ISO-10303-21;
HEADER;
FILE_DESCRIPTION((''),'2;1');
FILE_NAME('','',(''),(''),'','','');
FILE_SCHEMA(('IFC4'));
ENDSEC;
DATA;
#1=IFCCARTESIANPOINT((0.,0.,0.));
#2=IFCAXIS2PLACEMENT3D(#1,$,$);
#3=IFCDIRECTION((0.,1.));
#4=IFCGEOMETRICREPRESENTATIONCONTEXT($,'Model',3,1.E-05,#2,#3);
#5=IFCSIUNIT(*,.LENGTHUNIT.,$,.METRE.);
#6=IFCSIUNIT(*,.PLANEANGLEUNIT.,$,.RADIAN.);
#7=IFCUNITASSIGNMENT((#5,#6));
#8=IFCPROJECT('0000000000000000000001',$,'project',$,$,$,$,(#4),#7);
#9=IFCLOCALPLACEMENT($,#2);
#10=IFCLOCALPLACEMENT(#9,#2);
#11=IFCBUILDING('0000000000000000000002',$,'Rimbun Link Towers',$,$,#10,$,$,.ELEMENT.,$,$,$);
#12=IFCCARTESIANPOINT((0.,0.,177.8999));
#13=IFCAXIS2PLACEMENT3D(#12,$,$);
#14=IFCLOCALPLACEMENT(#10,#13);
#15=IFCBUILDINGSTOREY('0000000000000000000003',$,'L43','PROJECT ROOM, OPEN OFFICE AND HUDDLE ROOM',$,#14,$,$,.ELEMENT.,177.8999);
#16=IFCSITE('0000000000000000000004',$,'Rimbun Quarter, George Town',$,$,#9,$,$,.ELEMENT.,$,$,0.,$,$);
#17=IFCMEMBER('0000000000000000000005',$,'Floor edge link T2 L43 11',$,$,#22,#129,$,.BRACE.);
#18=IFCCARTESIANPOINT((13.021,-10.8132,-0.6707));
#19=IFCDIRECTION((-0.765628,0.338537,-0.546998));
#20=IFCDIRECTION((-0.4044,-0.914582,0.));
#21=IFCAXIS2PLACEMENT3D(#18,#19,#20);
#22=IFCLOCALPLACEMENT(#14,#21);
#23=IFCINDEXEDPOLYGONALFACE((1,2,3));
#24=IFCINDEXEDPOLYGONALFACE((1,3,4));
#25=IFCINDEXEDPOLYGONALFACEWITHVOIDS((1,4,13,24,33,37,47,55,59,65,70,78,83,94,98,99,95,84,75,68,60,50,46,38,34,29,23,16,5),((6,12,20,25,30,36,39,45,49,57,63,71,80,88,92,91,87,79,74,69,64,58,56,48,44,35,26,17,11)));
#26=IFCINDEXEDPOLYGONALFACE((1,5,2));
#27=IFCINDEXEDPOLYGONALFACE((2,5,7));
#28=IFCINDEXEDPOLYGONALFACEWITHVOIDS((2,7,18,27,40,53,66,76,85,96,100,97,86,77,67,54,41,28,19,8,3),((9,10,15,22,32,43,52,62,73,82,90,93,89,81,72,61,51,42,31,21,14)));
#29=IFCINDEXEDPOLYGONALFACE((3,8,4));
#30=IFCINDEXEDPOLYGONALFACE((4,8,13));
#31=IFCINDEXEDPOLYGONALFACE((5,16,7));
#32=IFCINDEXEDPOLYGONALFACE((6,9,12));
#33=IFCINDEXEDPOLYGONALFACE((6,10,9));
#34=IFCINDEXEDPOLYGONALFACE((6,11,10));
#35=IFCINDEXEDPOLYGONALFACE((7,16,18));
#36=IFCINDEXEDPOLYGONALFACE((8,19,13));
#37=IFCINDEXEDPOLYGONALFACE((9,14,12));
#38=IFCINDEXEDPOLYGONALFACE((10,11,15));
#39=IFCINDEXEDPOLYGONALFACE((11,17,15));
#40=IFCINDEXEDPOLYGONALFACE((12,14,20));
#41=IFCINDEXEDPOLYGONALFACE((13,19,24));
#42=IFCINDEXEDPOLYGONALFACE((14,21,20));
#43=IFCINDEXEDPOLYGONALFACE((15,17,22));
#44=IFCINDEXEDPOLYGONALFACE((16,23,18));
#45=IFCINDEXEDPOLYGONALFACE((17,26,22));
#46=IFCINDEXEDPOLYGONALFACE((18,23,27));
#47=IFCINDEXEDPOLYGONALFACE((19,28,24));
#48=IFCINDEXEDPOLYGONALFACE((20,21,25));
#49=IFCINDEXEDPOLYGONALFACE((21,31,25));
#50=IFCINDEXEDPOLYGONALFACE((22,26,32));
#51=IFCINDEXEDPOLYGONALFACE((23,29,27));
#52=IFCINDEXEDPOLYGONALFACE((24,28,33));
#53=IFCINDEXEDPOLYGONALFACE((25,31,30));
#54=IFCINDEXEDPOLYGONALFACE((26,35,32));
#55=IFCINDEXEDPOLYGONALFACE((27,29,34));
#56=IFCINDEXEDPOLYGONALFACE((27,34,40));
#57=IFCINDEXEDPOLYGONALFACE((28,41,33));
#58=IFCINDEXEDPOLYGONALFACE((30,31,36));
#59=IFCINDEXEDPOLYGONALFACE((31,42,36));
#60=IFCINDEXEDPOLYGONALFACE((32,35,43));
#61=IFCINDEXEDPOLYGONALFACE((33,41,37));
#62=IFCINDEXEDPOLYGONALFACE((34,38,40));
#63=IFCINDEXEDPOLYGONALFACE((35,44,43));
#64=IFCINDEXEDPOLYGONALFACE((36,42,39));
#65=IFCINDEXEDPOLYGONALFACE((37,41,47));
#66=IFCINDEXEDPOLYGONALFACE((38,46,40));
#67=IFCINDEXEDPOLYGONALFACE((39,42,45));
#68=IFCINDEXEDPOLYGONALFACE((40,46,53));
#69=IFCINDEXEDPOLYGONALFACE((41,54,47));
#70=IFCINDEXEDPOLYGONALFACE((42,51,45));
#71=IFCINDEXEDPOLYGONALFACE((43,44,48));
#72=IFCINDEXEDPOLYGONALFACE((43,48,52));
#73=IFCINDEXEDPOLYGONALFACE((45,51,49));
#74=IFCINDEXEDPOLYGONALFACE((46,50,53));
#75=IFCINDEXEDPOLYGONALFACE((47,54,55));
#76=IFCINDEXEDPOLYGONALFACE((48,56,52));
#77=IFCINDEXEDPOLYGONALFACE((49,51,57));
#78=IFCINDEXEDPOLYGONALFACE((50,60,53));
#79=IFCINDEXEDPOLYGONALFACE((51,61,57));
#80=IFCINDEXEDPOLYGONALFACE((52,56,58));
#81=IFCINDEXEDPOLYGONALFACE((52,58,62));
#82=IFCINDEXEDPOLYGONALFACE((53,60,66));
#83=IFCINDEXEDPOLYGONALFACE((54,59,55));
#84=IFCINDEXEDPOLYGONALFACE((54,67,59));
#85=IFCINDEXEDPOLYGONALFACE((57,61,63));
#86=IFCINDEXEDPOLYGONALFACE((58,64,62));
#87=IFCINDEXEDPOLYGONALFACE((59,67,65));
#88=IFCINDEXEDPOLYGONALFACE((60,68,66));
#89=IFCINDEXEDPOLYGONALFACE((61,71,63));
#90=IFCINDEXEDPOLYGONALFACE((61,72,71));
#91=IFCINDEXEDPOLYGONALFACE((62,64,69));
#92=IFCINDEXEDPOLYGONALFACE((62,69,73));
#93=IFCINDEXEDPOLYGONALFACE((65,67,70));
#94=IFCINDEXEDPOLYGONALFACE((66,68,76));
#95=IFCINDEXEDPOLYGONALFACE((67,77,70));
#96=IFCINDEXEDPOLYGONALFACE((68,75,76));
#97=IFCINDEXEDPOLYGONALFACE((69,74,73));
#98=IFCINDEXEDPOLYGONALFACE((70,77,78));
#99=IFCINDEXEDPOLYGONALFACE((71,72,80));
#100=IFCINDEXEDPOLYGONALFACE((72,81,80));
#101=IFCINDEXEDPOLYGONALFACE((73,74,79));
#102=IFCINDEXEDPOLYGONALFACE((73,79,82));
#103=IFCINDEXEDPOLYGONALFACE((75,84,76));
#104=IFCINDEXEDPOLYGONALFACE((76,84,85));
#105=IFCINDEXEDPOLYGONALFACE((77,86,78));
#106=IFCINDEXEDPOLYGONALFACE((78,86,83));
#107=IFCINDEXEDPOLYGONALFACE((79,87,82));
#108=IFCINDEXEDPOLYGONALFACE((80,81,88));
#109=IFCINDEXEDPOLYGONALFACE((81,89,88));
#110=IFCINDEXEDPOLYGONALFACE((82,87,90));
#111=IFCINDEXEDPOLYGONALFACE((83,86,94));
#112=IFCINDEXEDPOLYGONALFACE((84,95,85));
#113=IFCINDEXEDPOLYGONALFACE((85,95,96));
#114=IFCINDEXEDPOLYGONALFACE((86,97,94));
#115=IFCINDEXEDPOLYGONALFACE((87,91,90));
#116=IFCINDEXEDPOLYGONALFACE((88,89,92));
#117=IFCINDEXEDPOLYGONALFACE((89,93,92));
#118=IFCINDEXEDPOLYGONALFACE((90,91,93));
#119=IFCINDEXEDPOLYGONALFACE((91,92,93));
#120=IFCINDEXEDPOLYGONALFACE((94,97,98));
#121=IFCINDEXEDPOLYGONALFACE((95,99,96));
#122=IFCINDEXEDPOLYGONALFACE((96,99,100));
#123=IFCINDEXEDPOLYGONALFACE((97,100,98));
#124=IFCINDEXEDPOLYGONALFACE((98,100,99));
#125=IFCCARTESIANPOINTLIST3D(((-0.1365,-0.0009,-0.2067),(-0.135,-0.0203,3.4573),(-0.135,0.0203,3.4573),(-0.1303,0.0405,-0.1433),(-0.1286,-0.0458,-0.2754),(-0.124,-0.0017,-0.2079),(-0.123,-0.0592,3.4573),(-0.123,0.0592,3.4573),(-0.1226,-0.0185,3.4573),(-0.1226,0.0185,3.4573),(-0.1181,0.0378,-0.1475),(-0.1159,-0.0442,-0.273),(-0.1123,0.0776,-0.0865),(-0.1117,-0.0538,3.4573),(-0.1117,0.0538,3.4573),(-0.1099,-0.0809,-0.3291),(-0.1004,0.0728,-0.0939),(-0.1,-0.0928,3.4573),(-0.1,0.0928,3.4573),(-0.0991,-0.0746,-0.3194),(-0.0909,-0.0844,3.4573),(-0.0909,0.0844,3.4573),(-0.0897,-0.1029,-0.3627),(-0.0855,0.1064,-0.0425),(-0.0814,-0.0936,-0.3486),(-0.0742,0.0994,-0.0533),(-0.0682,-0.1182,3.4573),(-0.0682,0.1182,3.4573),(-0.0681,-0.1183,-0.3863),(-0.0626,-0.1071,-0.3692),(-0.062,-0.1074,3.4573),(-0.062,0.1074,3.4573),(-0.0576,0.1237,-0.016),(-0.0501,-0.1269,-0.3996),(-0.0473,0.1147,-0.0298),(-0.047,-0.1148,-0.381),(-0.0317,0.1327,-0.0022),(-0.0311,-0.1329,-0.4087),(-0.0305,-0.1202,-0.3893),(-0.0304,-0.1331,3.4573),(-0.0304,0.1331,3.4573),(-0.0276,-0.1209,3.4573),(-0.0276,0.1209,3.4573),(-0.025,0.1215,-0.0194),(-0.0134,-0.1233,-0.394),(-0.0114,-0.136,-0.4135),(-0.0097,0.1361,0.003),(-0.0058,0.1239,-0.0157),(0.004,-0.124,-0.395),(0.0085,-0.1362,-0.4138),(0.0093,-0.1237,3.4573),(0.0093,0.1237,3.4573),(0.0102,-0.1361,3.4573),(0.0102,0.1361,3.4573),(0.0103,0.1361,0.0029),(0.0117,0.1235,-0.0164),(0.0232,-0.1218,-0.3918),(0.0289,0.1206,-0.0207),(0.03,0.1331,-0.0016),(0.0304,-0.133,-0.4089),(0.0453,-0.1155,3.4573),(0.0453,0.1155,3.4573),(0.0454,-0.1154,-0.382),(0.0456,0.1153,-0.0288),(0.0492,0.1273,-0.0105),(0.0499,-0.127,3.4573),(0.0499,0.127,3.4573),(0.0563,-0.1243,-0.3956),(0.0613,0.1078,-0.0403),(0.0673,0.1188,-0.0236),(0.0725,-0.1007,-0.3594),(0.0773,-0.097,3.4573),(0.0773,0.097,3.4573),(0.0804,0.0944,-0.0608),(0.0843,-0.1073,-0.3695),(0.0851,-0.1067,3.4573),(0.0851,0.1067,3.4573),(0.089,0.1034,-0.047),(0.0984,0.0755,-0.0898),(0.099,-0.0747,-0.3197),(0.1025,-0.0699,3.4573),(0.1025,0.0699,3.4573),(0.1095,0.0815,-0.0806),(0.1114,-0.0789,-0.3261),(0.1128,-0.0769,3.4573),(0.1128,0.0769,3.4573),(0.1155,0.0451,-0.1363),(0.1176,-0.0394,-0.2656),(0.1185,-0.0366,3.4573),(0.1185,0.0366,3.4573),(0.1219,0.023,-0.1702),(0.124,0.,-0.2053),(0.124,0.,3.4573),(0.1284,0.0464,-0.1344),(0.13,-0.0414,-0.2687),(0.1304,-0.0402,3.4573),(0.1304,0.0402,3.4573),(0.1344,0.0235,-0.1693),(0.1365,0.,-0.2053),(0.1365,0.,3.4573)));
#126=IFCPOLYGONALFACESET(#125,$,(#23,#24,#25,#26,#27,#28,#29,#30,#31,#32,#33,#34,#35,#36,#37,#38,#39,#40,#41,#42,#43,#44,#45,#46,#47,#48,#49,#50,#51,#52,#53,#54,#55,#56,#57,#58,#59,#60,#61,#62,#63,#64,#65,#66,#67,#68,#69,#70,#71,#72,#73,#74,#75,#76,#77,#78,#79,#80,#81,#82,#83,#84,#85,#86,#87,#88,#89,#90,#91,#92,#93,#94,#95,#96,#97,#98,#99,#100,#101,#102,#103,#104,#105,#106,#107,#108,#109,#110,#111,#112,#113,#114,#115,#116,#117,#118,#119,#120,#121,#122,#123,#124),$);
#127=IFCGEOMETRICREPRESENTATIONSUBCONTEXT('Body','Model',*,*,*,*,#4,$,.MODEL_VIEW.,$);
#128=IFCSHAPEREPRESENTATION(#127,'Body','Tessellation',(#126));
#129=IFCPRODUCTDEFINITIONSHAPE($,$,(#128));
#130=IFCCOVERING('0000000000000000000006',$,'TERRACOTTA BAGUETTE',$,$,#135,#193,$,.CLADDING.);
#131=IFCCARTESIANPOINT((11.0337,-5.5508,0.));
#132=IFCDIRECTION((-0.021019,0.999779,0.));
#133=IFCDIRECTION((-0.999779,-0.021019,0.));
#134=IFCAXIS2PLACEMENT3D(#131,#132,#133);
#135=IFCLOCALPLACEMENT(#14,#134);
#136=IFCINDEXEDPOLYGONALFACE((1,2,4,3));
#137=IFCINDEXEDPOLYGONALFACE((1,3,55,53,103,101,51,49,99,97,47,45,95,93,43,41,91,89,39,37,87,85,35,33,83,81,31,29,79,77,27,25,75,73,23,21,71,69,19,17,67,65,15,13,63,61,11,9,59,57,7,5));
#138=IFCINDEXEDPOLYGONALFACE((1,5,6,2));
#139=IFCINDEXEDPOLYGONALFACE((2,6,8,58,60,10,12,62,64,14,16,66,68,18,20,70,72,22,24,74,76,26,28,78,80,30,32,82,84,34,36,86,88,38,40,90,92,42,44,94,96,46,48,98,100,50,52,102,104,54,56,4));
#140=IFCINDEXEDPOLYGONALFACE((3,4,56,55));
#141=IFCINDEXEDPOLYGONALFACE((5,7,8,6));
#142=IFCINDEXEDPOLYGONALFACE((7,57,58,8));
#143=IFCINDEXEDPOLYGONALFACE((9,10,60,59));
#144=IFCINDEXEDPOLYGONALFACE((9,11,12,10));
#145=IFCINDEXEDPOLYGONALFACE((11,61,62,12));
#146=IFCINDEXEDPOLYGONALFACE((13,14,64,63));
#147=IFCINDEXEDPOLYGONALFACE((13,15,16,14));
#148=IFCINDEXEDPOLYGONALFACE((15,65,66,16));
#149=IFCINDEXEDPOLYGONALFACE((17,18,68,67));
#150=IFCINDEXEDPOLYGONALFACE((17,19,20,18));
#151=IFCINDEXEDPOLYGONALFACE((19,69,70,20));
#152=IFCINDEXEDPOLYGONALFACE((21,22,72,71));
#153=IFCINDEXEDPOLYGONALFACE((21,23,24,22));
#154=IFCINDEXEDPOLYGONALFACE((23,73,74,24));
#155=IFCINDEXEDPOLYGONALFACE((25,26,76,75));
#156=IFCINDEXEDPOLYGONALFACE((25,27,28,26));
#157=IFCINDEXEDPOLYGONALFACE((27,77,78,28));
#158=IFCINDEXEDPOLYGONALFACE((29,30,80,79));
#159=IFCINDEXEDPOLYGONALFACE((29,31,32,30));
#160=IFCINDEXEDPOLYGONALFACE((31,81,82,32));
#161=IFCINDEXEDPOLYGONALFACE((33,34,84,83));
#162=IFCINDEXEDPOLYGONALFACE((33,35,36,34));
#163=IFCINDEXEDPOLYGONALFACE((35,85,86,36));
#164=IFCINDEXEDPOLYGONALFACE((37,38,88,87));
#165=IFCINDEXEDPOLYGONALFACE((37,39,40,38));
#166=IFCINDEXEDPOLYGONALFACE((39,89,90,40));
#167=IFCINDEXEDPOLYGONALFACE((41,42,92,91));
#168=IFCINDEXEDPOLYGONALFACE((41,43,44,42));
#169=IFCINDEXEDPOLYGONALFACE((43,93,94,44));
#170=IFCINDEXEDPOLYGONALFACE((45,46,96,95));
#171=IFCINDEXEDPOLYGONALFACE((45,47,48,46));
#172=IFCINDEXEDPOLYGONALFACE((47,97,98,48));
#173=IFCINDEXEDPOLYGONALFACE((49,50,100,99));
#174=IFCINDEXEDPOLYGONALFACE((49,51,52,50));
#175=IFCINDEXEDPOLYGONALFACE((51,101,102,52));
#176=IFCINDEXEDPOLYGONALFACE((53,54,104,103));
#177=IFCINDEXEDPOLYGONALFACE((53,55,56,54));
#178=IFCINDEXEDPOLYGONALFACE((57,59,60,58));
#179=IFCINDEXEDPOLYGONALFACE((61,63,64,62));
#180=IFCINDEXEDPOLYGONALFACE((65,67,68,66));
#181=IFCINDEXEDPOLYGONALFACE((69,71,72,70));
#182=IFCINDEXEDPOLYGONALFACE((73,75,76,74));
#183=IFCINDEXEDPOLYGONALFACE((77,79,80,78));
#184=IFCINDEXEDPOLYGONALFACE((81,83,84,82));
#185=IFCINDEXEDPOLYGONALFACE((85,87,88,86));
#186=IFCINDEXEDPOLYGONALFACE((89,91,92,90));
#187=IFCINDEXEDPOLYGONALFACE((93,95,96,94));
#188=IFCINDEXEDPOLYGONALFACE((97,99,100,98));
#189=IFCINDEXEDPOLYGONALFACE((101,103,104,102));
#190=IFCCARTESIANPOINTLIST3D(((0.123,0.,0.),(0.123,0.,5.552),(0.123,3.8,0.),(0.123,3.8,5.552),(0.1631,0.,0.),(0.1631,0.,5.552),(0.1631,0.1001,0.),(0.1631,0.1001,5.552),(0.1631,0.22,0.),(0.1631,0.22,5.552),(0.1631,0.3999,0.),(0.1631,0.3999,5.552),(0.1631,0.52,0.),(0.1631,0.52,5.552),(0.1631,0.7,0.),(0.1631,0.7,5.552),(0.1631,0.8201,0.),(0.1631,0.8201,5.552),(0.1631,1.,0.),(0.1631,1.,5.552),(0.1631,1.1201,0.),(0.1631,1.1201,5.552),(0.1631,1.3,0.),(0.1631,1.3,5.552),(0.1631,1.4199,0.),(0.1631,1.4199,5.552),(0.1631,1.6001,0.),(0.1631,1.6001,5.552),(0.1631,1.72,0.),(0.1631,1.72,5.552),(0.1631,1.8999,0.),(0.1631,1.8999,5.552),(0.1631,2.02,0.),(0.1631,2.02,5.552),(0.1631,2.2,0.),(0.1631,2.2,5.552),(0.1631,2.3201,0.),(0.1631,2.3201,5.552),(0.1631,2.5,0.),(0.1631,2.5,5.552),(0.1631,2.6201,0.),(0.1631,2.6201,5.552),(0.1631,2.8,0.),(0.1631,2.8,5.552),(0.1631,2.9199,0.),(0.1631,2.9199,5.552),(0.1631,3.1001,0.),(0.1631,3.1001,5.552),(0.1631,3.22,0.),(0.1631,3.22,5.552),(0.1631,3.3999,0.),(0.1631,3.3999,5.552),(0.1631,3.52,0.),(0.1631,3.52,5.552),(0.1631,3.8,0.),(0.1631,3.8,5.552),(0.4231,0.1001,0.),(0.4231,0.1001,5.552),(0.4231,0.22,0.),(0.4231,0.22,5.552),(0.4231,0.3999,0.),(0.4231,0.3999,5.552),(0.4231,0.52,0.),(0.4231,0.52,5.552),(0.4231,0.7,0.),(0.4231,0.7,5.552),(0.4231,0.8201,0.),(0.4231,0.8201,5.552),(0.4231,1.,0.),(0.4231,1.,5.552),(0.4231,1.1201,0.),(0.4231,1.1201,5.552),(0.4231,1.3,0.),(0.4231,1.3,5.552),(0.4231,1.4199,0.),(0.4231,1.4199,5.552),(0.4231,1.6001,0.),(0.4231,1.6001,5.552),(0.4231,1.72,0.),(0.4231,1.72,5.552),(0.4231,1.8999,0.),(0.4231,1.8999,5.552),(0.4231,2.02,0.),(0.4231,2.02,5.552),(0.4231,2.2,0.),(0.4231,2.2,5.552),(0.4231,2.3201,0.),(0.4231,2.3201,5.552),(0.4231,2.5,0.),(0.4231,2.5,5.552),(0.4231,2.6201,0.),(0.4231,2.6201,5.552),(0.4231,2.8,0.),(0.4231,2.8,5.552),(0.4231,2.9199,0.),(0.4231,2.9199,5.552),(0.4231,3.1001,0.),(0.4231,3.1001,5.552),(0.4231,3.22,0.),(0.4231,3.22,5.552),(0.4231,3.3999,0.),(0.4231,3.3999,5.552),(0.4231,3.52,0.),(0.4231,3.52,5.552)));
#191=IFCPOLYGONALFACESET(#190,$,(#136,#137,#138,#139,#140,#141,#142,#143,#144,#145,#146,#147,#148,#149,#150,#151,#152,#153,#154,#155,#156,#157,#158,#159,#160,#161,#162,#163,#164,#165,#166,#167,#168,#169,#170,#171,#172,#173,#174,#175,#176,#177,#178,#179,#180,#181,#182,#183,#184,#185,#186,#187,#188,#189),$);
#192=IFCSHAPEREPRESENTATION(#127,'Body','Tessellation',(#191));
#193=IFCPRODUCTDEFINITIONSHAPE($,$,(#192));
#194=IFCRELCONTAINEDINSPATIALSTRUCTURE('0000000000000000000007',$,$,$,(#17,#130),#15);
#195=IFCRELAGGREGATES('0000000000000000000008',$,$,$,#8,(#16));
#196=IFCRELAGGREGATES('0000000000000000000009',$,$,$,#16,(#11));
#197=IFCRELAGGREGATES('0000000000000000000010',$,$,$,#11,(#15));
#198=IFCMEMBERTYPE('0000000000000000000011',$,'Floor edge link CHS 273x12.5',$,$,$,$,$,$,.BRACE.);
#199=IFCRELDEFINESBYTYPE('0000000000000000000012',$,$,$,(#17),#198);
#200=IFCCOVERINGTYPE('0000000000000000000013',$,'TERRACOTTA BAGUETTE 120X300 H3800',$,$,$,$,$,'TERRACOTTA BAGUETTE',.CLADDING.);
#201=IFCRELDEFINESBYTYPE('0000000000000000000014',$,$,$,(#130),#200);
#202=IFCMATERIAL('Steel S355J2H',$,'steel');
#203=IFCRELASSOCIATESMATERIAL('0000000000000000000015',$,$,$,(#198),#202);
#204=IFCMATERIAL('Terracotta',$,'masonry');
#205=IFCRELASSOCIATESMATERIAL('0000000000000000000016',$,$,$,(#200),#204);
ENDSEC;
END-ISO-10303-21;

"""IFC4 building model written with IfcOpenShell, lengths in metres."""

from ifc_helpers import new_model, si_unit, direction, frame, origin, origin_2d, place, context, subcontext, project, spatial, polyline, hollow_circle, outline, extrude, clip, halfspace, material, material_profile, profile_set, type_object, element, save


model = new_model("IFC4")

# Units and contexts
model_context = context("Model", 3, precision=1e-05, world=origin(), true_north=direction((0.0, 1.0)))
body_context = subcontext(model_context, "Body", "Model", "MODEL_VIEW")
ifc_project = project(units=[si_unit("LENGTHUNIT", "METRE"), si_unit("PLANEANGLEUNIT", "RADIAN")], contexts=[model_context])

# Site, building, storey
site_placement = place(None, origin())
site = spatial("IfcSite", under=ifc_project, at=site_placement, Name="Rimbun Quarter, George Town", CompositionType="ELEMENT", RefElevation=0.0)
building_placement = place(site_placement, origin())
building = spatial("IfcBuilding", under=site, at=building_placement, Name="Rimbun Link Towers", CompositionType="ELEMENT")
storey_placement = place(building_placement, frame((0.0, 0.0, 177.8999)))
storey = spatial("IfcBuildingStorey", under=building, at=storey_placement, Name="L43", Description="PROJECT ROOM, OPEN OFFICE AND HUDDLE ROOM", CompositionType="ELEMENT", Elevation=177.8999)

# Member
ifc_material_1 = material(Name="Steel S355J2H", Category="steel")
ifc_material_profile_1 = material_profile(ifc_material_1, hollow_circle(Radius=0.1365, WallThickness=0.0125, at=origin_2d()), Name="CHS 273x12.5")
ifc_profile_set_1 = profile_set([ifc_material_profile_1], Name="Steel S355J2H")
member_type_1 = type_object("IfcMemberType", Name="Floor edge link CHS 273x12.5", PredefinedType="BRACE", material=ifc_profile_set_1)
member_1_placement = place(storey_placement, frame((13.021, -10.8132, -0.6707), z_axis=(-0.765628, 0.338537, -0.546998), x_axis=(-0.4044, -0.914582, 0.0)))
element("IfcMember", 1, at=member_1_placement, inside=storey, type_object=member_type_1, Name="Floor edge link T2 L43 11", PredefinedType="BRACE", context=body_context, shape_type="Clipping", body=[
    clip(extrude(hollow_circle(Radius=0.1365, WallThickness=0.0125, at=origin_2d()), frame((0.0, 0.0, -0.436)), (0.0, 0.0, 1.0), 3.8933), halfspace(frame((0.0, 0.0, -0.2053), z_axis=(0.0, 0.837134, -0.546998)), False)),
])

# Covering
ifc_material_2 = material(Name="Terracotta", Category="masonry")
ifc_material_profile_2 = material_profile(ifc_material_2, outline(polyline([(0.123, 0.0), (0.1631, 0.0), (0.1631, 0.1001), (0.4231, 0.1001), (0.4231, 0.22), (0.1631, 0.22), (0.1631, 0.3999), (0.4231, 0.3999), (0.4231, 0.52), (0.1631, 0.52), (0.1631, 0.7), (0.4231, 0.7), (0.4231, 0.8201), (0.1631, 0.8201), (0.1631, 1.0), (0.4231, 1.0), (0.4231, 1.1201), (0.1631, 1.1201), (0.1631, 1.3), (0.4231, 1.3), (0.4231, 1.4199), (0.1631, 1.4199), (0.1631, 1.6001), (0.4231, 1.6001), (0.4231, 1.72), (0.1631, 1.72), (0.1631, 1.8999), (0.4231, 1.8999), (0.4231, 2.02), (0.1631, 2.02), (0.1631, 2.2), (0.4231, 2.2), (0.4231, 2.3201), (0.1631, 2.3201), (0.1631, 2.5), (0.4231, 2.5), (0.4231, 2.6201), (0.1631, 2.6201), (0.1631, 2.8), (0.4231, 2.8), (0.4231, 2.9199), (0.1631, 2.9199), (0.1631, 3.1001), (0.4231, 3.1001), (0.4231, 3.22), (0.1631, 3.22), (0.1631, 3.3999), (0.4231, 3.3999), (0.4231, 3.52), (0.1631, 3.52), (0.1631, 3.8), (0.123, 3.8), (0.123, 0.0)])), Name="BAGUETTE 120X300")
ifc_profile_set_2 = profile_set([ifc_material_profile_2], Name="Terracotta")
covering_type = type_object("IfcCoveringType", Name="TERRACOTTA BAGUETTE 120X300 H3800", ElementType="TERRACOTTA BAGUETTE", PredefinedType="CLADDING", material=ifc_profile_set_2)
covering_1_placement = place(storey_placement, frame((11.0337, -5.5508, 0.0), z_axis=(-0.021019, 0.999779, 0.0), x_axis=(-0.999779, -0.021019, 0.0)))
element("IfcCovering", 2, at=covering_1_placement, inside=storey, type_object=covering_type, Name="TERRACOTTA BAGUETTE", PredefinedType="CLADDING", context=body_context, shape_type="SweptSolid", body=[
    extrude(outline(polyline([(0.123, 0.0), (0.1631, 0.0), (0.1631, 0.1001), (0.4231, 0.1001), (0.4231, 0.22), (0.1631, 0.22), (0.1631, 0.3999), (0.4231, 0.3999), (0.4231, 0.52), (0.1631, 0.52), (0.1631, 0.7), (0.4231, 0.7), (0.4231, 0.8201), (0.1631, 0.8201), (0.1631, 1.0), (0.4231, 1.0), (0.4231, 1.1201), (0.1631, 1.1201), (0.1631, 1.3), (0.4231, 1.3), (0.4231, 1.4199), (0.1631, 1.4199), (0.1631, 1.6001), (0.4231, 1.6001), (0.4231, 1.72), (0.1631, 1.72), (0.1631, 1.8999), (0.4231, 1.8999), (0.4231, 2.02), (0.1631, 2.02), (0.1631, 2.2), (0.4231, 2.2), (0.4231, 2.3201), (0.1631, 2.3201), (0.1631, 2.5), (0.4231, 2.5), (0.4231, 2.6201), (0.1631, 2.6201), (0.1631, 2.8), (0.4231, 2.8), (0.4231, 2.9199), (0.1631, 2.9199), (0.1631, 3.1001), (0.4231, 3.1001), (0.4231, 3.22), (0.1631, 3.22), (0.1631, 3.3999), (0.4231, 3.3999), (0.4231, 3.52), (0.1631, 3.52), (0.1631, 3.8), (0.123, 3.8), (0.123, 0.0)])), origin(), (0.0, 0.0, 1.0), 5.552),
])

save(model, "model.ifc")
